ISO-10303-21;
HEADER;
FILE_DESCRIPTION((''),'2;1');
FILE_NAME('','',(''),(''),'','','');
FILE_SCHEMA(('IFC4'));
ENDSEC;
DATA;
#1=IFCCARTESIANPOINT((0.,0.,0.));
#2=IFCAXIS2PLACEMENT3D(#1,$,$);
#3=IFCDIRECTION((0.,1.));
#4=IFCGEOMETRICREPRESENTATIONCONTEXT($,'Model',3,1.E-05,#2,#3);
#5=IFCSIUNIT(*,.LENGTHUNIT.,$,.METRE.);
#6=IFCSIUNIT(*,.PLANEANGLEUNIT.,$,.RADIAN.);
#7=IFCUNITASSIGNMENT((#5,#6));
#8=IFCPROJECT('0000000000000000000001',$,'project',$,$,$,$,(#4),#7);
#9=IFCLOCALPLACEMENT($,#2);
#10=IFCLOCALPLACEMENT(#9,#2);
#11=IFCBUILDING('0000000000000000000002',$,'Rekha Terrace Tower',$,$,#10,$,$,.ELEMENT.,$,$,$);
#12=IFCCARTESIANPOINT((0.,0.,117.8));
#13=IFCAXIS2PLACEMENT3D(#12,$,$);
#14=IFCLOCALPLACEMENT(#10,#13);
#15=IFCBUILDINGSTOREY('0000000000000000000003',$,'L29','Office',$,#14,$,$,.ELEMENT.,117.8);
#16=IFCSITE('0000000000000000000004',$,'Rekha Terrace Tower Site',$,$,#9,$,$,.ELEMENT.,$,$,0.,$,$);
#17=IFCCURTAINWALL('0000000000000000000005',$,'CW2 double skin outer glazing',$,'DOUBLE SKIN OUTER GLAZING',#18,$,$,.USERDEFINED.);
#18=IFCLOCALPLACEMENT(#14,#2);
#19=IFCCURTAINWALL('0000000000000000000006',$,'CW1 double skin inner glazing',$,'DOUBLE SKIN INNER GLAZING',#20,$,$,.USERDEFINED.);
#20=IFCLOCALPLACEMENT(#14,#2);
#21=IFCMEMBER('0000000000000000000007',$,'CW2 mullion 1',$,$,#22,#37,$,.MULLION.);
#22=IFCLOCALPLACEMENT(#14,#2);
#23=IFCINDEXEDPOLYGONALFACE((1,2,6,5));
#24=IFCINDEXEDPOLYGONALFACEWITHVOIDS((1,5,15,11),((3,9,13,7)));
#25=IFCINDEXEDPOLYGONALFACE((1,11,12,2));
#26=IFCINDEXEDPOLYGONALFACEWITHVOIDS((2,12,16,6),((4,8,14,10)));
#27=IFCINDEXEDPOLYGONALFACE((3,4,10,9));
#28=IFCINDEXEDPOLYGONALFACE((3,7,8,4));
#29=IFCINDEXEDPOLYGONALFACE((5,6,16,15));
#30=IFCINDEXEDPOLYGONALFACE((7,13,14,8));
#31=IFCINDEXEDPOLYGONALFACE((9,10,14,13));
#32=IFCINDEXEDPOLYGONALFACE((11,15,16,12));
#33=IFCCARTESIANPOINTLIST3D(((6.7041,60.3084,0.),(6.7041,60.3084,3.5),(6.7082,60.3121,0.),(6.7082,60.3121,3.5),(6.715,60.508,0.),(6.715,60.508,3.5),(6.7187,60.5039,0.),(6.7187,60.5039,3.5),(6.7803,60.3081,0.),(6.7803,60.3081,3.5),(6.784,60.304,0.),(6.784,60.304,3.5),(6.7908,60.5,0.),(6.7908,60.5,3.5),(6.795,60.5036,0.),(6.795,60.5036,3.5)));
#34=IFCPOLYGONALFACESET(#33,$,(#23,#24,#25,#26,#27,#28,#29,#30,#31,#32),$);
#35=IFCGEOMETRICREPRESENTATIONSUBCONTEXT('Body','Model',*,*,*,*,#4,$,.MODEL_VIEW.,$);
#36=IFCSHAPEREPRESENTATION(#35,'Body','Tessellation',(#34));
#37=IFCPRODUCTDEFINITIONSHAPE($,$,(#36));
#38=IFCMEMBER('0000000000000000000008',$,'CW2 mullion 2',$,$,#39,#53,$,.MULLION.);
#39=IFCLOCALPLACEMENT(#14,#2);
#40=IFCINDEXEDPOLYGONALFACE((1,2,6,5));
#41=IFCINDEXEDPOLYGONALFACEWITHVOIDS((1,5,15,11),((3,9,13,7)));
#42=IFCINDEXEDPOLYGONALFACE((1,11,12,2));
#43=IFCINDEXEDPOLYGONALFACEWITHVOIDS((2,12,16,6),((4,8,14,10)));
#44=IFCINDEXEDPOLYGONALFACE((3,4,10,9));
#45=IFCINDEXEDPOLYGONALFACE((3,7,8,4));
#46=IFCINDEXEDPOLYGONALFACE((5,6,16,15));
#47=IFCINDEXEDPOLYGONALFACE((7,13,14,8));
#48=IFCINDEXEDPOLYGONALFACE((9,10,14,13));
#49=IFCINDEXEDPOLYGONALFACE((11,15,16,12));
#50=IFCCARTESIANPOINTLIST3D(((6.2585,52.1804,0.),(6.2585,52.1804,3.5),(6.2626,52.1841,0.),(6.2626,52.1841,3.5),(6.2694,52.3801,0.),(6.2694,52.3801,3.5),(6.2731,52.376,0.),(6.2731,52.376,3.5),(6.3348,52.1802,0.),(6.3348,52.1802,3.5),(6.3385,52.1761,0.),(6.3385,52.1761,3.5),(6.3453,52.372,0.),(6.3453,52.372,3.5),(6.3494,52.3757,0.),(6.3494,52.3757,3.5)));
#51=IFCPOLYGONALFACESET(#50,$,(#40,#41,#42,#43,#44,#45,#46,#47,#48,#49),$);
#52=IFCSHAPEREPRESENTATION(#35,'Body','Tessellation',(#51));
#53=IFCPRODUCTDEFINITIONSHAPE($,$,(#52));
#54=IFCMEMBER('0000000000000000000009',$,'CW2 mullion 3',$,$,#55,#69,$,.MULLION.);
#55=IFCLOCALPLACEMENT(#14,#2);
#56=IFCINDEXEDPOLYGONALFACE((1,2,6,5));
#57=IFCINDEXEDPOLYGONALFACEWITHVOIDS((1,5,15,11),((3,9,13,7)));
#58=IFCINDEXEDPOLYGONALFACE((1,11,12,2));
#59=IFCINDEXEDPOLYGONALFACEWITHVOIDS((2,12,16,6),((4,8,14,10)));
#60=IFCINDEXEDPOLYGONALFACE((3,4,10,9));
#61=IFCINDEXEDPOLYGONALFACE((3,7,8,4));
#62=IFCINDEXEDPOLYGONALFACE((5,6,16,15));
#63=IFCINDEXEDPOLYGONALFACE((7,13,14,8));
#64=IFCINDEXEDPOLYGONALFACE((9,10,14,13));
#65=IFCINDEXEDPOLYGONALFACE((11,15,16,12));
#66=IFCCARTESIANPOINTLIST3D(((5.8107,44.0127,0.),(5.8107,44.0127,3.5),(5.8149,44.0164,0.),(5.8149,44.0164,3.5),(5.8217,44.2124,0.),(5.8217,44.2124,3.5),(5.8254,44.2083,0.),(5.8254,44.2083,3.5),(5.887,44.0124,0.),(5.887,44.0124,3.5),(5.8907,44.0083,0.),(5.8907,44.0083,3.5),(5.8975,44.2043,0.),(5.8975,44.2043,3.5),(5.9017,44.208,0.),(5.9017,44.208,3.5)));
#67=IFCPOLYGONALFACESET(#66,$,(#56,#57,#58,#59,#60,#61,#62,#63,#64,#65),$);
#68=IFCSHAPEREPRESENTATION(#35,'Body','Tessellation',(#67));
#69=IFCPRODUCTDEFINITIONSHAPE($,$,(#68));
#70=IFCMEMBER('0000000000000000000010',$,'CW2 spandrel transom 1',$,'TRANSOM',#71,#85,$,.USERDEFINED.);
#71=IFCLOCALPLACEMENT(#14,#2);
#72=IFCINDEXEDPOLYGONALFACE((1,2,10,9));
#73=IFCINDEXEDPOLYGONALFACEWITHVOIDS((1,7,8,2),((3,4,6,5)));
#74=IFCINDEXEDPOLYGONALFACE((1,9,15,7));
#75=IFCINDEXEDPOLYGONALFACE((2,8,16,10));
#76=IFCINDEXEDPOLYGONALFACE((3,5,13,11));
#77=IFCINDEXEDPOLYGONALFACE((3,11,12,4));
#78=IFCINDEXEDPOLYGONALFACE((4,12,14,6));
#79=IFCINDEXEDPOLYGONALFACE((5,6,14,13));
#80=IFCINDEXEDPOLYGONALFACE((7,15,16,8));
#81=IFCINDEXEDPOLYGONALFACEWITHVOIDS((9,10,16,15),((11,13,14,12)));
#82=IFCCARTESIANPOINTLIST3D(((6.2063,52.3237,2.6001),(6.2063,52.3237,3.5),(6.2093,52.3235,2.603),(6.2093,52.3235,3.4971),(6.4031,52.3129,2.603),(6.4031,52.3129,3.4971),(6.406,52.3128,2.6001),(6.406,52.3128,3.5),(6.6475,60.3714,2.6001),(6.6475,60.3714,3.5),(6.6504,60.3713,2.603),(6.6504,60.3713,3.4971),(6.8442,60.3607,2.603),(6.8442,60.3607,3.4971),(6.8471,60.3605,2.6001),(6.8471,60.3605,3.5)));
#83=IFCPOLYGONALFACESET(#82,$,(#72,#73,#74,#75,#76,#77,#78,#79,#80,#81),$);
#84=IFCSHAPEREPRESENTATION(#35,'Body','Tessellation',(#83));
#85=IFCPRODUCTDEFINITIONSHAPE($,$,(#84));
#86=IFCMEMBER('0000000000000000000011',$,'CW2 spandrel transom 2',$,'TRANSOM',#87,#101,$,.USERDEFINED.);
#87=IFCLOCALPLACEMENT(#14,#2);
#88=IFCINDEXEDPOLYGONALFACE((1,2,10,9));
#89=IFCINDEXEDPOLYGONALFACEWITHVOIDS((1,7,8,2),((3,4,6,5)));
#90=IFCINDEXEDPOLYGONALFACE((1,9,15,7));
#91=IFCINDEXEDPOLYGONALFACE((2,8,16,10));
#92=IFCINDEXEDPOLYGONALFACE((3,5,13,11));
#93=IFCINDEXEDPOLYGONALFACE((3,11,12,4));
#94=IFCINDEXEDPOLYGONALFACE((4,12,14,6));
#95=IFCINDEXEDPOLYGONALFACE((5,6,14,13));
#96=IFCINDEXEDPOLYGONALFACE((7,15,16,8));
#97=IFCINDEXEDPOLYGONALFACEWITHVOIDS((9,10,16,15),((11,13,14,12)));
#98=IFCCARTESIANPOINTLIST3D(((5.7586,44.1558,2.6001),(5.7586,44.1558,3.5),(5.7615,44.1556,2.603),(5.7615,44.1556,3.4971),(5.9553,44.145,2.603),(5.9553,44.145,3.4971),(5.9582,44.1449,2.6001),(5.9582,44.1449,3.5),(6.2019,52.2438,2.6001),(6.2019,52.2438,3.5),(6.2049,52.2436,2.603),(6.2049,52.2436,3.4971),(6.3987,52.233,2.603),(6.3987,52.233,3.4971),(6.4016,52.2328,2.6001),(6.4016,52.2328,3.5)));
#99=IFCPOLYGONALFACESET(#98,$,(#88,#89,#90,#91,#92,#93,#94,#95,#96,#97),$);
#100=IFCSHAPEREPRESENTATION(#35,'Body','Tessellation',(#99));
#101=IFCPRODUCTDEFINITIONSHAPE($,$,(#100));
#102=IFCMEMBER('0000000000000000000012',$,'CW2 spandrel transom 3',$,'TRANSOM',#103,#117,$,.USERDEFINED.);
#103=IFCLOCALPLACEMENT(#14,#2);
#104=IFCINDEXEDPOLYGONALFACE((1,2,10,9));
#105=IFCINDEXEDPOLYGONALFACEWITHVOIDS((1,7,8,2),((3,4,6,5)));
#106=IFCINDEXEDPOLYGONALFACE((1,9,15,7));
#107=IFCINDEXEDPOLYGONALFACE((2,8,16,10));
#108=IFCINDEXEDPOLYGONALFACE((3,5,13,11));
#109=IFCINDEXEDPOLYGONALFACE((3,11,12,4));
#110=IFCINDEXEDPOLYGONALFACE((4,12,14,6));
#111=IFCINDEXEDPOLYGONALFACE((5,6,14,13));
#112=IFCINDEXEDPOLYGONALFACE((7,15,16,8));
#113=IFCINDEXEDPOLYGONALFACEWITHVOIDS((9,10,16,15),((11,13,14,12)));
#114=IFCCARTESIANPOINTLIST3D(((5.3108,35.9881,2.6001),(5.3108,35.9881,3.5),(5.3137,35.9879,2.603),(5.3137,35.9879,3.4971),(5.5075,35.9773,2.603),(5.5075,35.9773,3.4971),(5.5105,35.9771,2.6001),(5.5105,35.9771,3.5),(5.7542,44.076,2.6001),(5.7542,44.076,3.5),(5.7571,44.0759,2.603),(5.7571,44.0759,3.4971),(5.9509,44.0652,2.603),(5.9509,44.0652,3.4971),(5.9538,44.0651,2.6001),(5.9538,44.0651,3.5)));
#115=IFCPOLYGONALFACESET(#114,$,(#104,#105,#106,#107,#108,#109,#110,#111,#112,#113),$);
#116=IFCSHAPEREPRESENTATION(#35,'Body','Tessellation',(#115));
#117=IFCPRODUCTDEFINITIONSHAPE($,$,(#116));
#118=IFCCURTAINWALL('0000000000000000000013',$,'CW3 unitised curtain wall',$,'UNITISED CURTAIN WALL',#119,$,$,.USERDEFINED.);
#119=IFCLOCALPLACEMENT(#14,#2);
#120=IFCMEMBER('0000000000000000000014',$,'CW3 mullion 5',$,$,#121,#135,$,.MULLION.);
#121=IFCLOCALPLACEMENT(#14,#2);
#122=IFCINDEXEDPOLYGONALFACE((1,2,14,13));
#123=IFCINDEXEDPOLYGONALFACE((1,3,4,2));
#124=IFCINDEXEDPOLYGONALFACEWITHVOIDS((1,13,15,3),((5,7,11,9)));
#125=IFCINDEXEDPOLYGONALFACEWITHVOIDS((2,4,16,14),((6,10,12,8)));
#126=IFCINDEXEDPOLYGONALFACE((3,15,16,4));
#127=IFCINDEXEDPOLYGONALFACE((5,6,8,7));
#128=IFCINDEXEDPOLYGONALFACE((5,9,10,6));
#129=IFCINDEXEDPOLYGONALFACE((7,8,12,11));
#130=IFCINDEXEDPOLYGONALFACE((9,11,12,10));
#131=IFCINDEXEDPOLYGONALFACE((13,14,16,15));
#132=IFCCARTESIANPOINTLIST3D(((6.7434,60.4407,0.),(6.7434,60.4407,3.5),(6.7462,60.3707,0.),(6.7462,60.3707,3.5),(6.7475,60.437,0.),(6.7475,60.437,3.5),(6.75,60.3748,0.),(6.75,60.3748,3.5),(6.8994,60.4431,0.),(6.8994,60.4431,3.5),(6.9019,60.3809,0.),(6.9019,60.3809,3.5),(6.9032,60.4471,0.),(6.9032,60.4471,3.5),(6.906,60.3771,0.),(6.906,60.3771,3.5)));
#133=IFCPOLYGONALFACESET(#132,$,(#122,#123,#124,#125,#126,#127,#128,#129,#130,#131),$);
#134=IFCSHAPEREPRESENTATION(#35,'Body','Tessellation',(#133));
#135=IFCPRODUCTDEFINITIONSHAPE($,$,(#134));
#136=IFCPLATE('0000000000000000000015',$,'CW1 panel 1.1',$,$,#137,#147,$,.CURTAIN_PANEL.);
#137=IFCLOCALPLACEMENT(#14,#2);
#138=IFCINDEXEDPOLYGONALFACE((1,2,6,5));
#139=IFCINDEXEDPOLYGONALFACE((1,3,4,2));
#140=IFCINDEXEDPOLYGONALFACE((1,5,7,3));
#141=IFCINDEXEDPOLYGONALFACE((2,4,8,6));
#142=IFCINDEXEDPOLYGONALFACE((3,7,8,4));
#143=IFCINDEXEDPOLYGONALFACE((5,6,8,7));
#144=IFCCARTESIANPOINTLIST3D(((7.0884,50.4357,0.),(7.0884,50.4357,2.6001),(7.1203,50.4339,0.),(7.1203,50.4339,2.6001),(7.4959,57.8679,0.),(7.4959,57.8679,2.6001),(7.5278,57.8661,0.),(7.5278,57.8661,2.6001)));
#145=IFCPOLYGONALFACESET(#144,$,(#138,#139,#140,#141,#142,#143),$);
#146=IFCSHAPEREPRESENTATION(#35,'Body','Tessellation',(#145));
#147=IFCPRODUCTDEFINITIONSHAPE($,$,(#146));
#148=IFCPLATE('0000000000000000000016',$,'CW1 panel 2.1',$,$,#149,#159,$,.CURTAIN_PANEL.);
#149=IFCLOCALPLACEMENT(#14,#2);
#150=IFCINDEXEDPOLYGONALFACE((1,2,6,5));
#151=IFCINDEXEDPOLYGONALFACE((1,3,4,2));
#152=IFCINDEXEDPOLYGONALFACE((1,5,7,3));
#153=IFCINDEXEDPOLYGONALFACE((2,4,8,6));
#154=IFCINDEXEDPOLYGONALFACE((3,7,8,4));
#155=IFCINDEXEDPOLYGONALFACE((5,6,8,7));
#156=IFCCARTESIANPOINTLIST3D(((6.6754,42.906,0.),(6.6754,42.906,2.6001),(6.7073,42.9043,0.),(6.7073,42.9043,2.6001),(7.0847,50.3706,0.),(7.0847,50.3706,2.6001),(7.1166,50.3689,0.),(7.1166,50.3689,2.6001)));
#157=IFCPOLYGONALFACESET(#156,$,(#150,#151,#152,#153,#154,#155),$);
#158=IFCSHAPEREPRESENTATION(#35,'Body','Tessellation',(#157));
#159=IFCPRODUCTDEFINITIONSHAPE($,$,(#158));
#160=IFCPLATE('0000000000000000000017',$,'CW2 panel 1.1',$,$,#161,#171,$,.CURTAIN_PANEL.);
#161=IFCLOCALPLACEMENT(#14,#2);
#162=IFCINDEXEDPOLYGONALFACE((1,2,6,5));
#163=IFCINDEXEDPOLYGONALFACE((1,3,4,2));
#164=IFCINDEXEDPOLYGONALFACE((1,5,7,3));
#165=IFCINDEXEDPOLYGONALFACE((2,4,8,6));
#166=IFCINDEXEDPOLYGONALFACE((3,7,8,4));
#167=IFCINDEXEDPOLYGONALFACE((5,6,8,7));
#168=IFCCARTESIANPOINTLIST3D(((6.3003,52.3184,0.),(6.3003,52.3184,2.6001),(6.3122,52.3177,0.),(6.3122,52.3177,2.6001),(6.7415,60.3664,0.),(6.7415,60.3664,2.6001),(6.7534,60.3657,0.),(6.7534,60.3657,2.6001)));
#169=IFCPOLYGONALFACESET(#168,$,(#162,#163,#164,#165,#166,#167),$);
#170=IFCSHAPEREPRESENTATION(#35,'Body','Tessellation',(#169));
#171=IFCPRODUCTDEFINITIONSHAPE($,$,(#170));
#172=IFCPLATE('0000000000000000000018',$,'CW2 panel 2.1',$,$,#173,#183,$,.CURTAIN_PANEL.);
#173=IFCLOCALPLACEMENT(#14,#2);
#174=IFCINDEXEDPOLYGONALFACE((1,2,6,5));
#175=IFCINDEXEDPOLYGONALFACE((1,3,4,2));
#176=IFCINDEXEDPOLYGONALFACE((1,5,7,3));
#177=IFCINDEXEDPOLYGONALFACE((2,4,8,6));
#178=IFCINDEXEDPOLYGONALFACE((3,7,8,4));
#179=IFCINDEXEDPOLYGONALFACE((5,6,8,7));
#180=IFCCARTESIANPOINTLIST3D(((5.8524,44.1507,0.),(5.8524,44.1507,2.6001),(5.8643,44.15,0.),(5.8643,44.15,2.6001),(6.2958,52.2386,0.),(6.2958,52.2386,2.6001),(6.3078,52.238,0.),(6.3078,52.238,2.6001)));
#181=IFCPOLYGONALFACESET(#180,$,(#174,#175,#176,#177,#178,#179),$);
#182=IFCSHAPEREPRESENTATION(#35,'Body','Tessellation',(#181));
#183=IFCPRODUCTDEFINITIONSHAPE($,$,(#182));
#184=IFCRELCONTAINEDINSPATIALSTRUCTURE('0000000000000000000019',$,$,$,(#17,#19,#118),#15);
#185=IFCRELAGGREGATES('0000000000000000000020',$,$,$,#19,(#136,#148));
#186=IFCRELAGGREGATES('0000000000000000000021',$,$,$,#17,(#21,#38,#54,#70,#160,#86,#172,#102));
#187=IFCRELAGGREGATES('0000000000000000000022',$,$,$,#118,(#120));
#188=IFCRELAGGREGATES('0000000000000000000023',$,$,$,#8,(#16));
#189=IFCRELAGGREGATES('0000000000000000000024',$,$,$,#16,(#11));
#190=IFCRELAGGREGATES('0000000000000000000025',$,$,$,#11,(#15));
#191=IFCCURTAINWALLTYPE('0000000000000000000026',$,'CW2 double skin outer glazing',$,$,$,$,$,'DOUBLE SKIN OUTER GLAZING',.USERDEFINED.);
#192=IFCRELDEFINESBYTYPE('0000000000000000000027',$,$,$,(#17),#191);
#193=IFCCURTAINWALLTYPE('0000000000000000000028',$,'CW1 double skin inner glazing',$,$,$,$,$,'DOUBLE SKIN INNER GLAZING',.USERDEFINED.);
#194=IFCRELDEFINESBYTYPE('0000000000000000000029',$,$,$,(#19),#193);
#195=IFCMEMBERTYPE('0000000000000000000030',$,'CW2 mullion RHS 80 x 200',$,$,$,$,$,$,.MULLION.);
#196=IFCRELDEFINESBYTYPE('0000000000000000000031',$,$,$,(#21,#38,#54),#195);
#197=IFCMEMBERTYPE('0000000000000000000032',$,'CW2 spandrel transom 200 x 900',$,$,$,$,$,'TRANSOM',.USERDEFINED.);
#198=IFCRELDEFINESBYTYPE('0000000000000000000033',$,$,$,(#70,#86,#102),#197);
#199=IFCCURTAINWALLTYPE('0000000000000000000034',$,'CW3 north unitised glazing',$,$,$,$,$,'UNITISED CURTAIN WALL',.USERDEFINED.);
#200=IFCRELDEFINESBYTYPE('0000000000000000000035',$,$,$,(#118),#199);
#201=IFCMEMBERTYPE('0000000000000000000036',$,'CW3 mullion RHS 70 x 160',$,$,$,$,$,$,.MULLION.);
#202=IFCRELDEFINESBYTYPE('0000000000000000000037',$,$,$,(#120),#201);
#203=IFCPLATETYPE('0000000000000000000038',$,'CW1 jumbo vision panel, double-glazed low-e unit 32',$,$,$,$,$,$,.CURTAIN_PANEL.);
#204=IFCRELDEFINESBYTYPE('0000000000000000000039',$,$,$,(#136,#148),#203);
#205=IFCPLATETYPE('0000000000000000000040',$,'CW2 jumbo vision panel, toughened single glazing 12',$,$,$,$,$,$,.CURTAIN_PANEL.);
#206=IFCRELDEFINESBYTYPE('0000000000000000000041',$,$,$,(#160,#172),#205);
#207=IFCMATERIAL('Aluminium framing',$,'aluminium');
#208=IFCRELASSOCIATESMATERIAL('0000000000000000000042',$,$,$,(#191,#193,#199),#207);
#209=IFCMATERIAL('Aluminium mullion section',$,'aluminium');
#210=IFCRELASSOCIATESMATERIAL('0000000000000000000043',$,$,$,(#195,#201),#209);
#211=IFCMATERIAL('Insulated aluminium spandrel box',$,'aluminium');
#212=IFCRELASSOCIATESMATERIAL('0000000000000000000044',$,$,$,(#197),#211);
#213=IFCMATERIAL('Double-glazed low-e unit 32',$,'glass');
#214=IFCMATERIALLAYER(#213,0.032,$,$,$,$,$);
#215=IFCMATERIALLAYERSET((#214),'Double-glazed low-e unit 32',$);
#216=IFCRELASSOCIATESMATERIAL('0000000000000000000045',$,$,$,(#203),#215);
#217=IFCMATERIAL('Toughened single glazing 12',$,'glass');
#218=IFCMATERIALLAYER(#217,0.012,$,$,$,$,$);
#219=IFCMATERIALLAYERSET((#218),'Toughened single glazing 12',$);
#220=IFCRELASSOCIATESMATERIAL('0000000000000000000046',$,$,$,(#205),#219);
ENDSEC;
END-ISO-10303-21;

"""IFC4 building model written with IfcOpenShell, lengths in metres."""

from ifc_helpers import new_model, si_unit, direction, frame, origin, origin_2d, place, context, subcontext, project, spatial, rectangle, hollow_rectangle, extrude, material, layer, layer_set, material_profile, profile_set, type_object, element, aggregate, save


model = new_model("IFC4")

# Units and contexts
model_context = context("Model", 3, precision=1e-05, world=origin(), true_north=direction((0.0, 1.0)))
body_context = subcontext(model_context, "Body", "Model", "MODEL_VIEW")
ifc_project = project(units=[si_unit("LENGTHUNIT", "METRE"), si_unit("PLANEANGLEUNIT", "RADIAN")], contexts=[model_context])

# Site, building, storey
site_placement = place(None, origin())
site = spatial("IfcSite", under=ifc_project, at=site_placement, Name="Rekha Terrace Tower Site", CompositionType="ELEMENT", RefElevation=0.0)
building_placement = place(site_placement, origin())
building = spatial("IfcBuilding", under=site, at=building_placement, Name="Rekha Terrace Tower", CompositionType="ELEMENT")
storey_placement = place(building_placement, frame((0.0, 0.0, 117.8)))
storey = spatial("IfcBuildingStorey", under=building, at=storey_placement, Name="L29", Description="Office", CompositionType="ELEMENT", Elevation=117.8)

# Curtain walls
ifc_material_1 = material(Name="Aluminium framing", Category="aluminium")
curtain_wall_type_1 = type_object("IfcCurtainWallType", Name="CW2 double skin outer glazing", ElementType="DOUBLE SKIN OUTER GLAZING", PredefinedType="USERDEFINED", material=ifc_material_1)
curtain_wall_1_placement = place(storey_placement, origin())
curtain_wall_1 = element("IfcCurtainWall", 1, at=curtain_wall_1_placement, inside=storey, type_object=curtain_wall_type_1, Name="CW2 double skin outer glazing", ObjectType="DOUBLE SKIN OUTER GLAZING", PredefinedType="USERDEFINED")
curtain_wall_type_2 = type_object("IfcCurtainWallType", Name="CW1 double skin inner glazing", ElementType="DOUBLE SKIN INNER GLAZING", PredefinedType="USERDEFINED", material=ifc_material_1)
curtain_wall_2_placement = place(storey_placement, origin())
curtain_wall_2 = element("IfcCurtainWall", 2, at=curtain_wall_2_placement, inside=storey, type_object=curtain_wall_type_2, Name="CW1 double skin inner glazing", ObjectType="DOUBLE SKIN INNER GLAZING", PredefinedType="USERDEFINED")
ifc_material_2 = material(Name="Aluminium mullion section", Category="aluminium")
ifc_material_3 = material(Name="Insulated aluminium spandrel box", Category="aluminium")

# Members
ifc_material_profile_1 = material_profile(ifc_material_2, hollow_rectangle(XDim=0.0801, YDim=0.2, WallThickness=0.0039, at=origin_2d()), Name="AL RHS 80x200")
ifc_profile_set_1 = profile_set([ifc_material_profile_1], Name="Aluminium mullion section")
member_type_1 = type_object("IfcMemberType", Name="CW2 mullion RHS 80 x 200", PredefinedType="MULLION", material=ifc_profile_set_1)
member_1_placement = place(storey_placement, frame((6.7495, 60.406, 0.0), z_axis=(0.0, 0.0, 1.0), x_axis=(0.998501, -0.054742, 0.0)))
member_1 = element("IfcMember", 3, at=member_1_placement, type_object=member_type_1, Name="CW2 mullion 1", PredefinedType="MULLION", context=body_context, shape_type="SweptSolid", body=[
    extrude(hollow_rectangle(XDim=0.0801, YDim=0.2, WallThickness=0.0039, at=origin_2d()), origin(), (0.0, 0.0, 1.0), 3.5),
])
member_2_placement = place(storey_placement, frame((6.304, 52.2781, 0.0), z_axis=(0.0, 0.0, 1.0), x_axis=(0.998501, -0.054742, 0.0)))
member_2 = element("IfcMember", 4, at=member_2_placement, type_object=member_type_1, Name="CW2 mullion 2", PredefinedType="MULLION", context=body_context, shape_type="SweptSolid", body=[
    extrude(hollow_rectangle(XDim=0.0801, YDim=0.2, WallThickness=0.0039, at=origin_2d()), origin(), (0.0, 0.0, 1.0), 3.5),
])
member_3_placement = place(storey_placement, frame((5.8562, 44.1104, 0.0), z_axis=(0.0, 0.0, 1.0), x_axis=(0.998501, -0.054742, 0.0)))
member_3 = element("IfcMember", 5, at=member_3_placement, type_object=member_type_1, Name="CW2 mullion 3", PredefinedType="MULLION", context=body_context, shape_type="SweptSolid", body=[
    extrude(hollow_rectangle(XDim=0.0801, YDim=0.2, WallThickness=0.0039, at=origin_2d()), origin(), (0.0, 0.0, 1.0), 3.5),
])
ifc_material_profile_2 = material_profile(ifc_material_3, hollow_rectangle(XDim=0.2, YDim=0.8999, WallThickness=0.0029, at=origin_2d()), Name="AL SPANDREL BOX 200x900")
ifc_profile_set_2 = profile_set([ifc_material_profile_2], Name="Insulated aluminium spandrel box")
member_type_2 = type_object("IfcMemberType", Name="CW2 spandrel transom 200 x 900", ElementType="TRANSOM", PredefinedType="USERDEFINED", material=ifc_profile_set_2)
member_4_placement = place(storey_placement, frame((6.7473, 60.366, 3.05), z_axis=(-0.054735, -0.998501, 0.0), x_axis=(0.998501, -0.054735, 0.0)))
member_4 = element("IfcMember", 6, at=member_4_placement, type_object=member_type_2, Name="CW2 spandrel transom 1", ObjectType="TRANSOM", PredefinedType="USERDEFINED", context=body_context, shape_type="SweptSolid", body=[
    extrude(hollow_rectangle(XDim=0.2, YDim=0.8999, WallThickness=0.0029, at=origin_2d()), origin(), (0.0, 0.0, 1.0), 8.0598),
])
member_5_placement = place(storey_placement, frame((6.3018, 52.2383, 3.05), z_axis=(-0.054735, -0.998501, 0.0), x_axis=(0.998501, -0.054735, 0.0)))
member_5 = element("IfcMember", 7, at=member_5_placement, type_object=member_type_2, Name="CW2 spandrel transom 2", ObjectType="TRANSOM", PredefinedType="USERDEFINED", context=body_context, shape_type="SweptSolid", body=[
    extrude(hollow_rectangle(XDim=0.2, YDim=0.8999, WallThickness=0.0029, at=origin_2d()), origin(), (0.0, 0.0, 1.0), 8.1001),
])
member_6_placement = place(storey_placement, frame((5.854, 44.0706, 3.05), z_axis=(-0.054735, -0.998501, 0.0), x_axis=(0.998501, -0.054735, 0.0)))
member_6 = element("IfcMember", 8, at=member_6_placement, type_object=member_type_2, Name="CW2 spandrel transom 3", ObjectType="TRANSOM", PredefinedType="USERDEFINED", context=body_context, shape_type="SweptSolid", body=[
    extrude(hollow_rectangle(XDim=0.2, YDim=0.8999, WallThickness=0.0029, at=origin_2d()), origin(), (0.0, 0.0, 1.0), 8.1001),
])

# Curtain wall, member
curtain_wall_type_3 = type_object("IfcCurtainWallType", Name="CW3 north unitised glazing", ElementType="UNITISED CURTAIN WALL", PredefinedType="USERDEFINED", material=ifc_material_1)
curtain_wall_3_placement = place(storey_placement, origin())
curtain_wall_3 = element("IfcCurtainWall", 9, at=curtain_wall_3_placement, inside=storey, type_object=curtain_wall_type_3, Name="CW3 unitised curtain wall", ObjectType="UNITISED CURTAIN WALL", PredefinedType="USERDEFINED")
ifc_material_profile_3 = material_profile(ifc_material_2, hollow_rectangle(XDim=0.0701, YDim=0.1599, WallThickness=0.0039, at=origin_2d()), Name="AL RHS 70x160")
ifc_profile_set_3 = profile_set([ifc_material_profile_3], Name="Aluminium mullion section")
member_type_3 = type_object("IfcMemberType", Name="CW3 mullion RHS 70 x 160", PredefinedType="MULLION", material=ifc_profile_set_3)
member_7_placement = place(storey_placement, frame((6.8247, 60.4089, 0.0), z_axis=(0.0, 0.0, 1.0), x_axis=(0.040032, -0.999198, 0.0)))
member_7 = element("IfcMember", 10, at=member_7_placement, type_object=member_type_3, Name="CW3 mullion 5", PredefinedType="MULLION", context=body_context, shape_type="SweptSolid", body=[
    extrude(hollow_rectangle(XDim=0.0701, YDim=0.1599, WallThickness=0.0039, at=origin_2d()), origin(), (0.0, 0.0, 1.0), 3.5),
])

# Plates
ifc_material_4 = material(Name="Double-glazed low-e unit 32", Category="glass")
ifc_layer_1 = layer(ifc_material_4, 0.032)
ifc_layer_set_1 = layer_set([ifc_layer_1], Name="Double-glazed low-e unit 32")
plate_type_1 = type_object("IfcPlateType", Name="CW1 jumbo vision panel, double-glazed low-e unit 32", PredefinedType="CURTAIN_PANEL", material=ifc_layer_set_1)
plate_1_placement = place(storey_placement, frame((7.3081, 54.1509, 0.0), z_axis=(0.0, 0.0, 1.0), x_axis=(-0.054742, -0.998501, 0.0)))
plate_1 = element("IfcPlate", 11, at=plate_1_placement, type_object=plate_type_1, Name="CW1 panel 1.1", PredefinedType="CURTAIN_PANEL", context=body_context, shape_type="SweptSolid", body=[
    extrude(rectangle(XDim=7.4434, YDim=0.032, at=origin_2d()), origin(), (0.0, 0.0, 1.0), 2.6001),
])
plate_2_placement = place(storey_placement, frame((6.896, 46.6375, 0.0), z_axis=(0.0, 0.0, 1.0), x_axis=(-0.054742, -0.998501, 0.0)))
plate_2 = element("IfcPlate", 12, at=plate_2_placement, type_object=plate_type_1, Name="CW1 panel 2.1", PredefinedType="CURTAIN_PANEL", context=body_context, shape_type="SweptSolid", body=[
    extrude(rectangle(XDim=7.4758, YDim=0.032, at=origin_2d()), origin(), (0.0, 0.0, 1.0), 2.6001),
])
aggregate(curtain_wall_2, [plate_1, plate_2])
ifc_material_5 = material(Name="Toughened single glazing 12", Category="glass")
ifc_layer_2 = layer(ifc_material_5, 0.012)
ifc_layer_set_2 = layer_set([ifc_layer_2], Name="Toughened single glazing 12")
plate_type_2 = type_object("IfcPlateType", Name="CW2 jumbo vision panel, toughened single glazing 12", PredefinedType="CURTAIN_PANEL", material=ifc_layer_set_2)
plate_3_placement = place(storey_placement, frame((6.5269, 56.342, 0.0), z_axis=(0.0, 0.0, 1.0), x_axis=(-0.054742, -0.998501, 0.0)))
plate_3 = element("IfcPlate", 13, at=plate_3_placement, type_object=plate_type_2, Name="CW2 panel 1.1", PredefinedType="CURTAIN_PANEL", context=body_context, shape_type="SweptSolid", body=[
    extrude(rectangle(XDim=8.0601, YDim=0.012, at=origin_2d()), origin(), (0.0, 0.0, 1.0), 2.6001),
])
plate_4_placement = place(storey_placement, frame((6.0801, 48.1943, 0.0), z_axis=(0.0, 0.0, 1.0), x_axis=(-0.054742, -0.998501, 0.0)))
plate_4 = element("IfcPlate", 14, at=plate_4_placement, type_object=plate_type_2, Name="CW2 panel 2.1", PredefinedType="CURTAIN_PANEL", context=body_context, shape_type="SweptSolid", body=[
    extrude(rectangle(XDim=8.1001, YDim=0.012, at=origin_2d()), origin(), (0.0, 0.0, 1.0), 2.6001),
])
aggregate(curtain_wall_1, [member_1, member_2, member_3, member_4, plate_3, member_5, plate_4, member_6])
aggregate(curtain_wall_3, [member_7])

save(model, "model.ifc")
